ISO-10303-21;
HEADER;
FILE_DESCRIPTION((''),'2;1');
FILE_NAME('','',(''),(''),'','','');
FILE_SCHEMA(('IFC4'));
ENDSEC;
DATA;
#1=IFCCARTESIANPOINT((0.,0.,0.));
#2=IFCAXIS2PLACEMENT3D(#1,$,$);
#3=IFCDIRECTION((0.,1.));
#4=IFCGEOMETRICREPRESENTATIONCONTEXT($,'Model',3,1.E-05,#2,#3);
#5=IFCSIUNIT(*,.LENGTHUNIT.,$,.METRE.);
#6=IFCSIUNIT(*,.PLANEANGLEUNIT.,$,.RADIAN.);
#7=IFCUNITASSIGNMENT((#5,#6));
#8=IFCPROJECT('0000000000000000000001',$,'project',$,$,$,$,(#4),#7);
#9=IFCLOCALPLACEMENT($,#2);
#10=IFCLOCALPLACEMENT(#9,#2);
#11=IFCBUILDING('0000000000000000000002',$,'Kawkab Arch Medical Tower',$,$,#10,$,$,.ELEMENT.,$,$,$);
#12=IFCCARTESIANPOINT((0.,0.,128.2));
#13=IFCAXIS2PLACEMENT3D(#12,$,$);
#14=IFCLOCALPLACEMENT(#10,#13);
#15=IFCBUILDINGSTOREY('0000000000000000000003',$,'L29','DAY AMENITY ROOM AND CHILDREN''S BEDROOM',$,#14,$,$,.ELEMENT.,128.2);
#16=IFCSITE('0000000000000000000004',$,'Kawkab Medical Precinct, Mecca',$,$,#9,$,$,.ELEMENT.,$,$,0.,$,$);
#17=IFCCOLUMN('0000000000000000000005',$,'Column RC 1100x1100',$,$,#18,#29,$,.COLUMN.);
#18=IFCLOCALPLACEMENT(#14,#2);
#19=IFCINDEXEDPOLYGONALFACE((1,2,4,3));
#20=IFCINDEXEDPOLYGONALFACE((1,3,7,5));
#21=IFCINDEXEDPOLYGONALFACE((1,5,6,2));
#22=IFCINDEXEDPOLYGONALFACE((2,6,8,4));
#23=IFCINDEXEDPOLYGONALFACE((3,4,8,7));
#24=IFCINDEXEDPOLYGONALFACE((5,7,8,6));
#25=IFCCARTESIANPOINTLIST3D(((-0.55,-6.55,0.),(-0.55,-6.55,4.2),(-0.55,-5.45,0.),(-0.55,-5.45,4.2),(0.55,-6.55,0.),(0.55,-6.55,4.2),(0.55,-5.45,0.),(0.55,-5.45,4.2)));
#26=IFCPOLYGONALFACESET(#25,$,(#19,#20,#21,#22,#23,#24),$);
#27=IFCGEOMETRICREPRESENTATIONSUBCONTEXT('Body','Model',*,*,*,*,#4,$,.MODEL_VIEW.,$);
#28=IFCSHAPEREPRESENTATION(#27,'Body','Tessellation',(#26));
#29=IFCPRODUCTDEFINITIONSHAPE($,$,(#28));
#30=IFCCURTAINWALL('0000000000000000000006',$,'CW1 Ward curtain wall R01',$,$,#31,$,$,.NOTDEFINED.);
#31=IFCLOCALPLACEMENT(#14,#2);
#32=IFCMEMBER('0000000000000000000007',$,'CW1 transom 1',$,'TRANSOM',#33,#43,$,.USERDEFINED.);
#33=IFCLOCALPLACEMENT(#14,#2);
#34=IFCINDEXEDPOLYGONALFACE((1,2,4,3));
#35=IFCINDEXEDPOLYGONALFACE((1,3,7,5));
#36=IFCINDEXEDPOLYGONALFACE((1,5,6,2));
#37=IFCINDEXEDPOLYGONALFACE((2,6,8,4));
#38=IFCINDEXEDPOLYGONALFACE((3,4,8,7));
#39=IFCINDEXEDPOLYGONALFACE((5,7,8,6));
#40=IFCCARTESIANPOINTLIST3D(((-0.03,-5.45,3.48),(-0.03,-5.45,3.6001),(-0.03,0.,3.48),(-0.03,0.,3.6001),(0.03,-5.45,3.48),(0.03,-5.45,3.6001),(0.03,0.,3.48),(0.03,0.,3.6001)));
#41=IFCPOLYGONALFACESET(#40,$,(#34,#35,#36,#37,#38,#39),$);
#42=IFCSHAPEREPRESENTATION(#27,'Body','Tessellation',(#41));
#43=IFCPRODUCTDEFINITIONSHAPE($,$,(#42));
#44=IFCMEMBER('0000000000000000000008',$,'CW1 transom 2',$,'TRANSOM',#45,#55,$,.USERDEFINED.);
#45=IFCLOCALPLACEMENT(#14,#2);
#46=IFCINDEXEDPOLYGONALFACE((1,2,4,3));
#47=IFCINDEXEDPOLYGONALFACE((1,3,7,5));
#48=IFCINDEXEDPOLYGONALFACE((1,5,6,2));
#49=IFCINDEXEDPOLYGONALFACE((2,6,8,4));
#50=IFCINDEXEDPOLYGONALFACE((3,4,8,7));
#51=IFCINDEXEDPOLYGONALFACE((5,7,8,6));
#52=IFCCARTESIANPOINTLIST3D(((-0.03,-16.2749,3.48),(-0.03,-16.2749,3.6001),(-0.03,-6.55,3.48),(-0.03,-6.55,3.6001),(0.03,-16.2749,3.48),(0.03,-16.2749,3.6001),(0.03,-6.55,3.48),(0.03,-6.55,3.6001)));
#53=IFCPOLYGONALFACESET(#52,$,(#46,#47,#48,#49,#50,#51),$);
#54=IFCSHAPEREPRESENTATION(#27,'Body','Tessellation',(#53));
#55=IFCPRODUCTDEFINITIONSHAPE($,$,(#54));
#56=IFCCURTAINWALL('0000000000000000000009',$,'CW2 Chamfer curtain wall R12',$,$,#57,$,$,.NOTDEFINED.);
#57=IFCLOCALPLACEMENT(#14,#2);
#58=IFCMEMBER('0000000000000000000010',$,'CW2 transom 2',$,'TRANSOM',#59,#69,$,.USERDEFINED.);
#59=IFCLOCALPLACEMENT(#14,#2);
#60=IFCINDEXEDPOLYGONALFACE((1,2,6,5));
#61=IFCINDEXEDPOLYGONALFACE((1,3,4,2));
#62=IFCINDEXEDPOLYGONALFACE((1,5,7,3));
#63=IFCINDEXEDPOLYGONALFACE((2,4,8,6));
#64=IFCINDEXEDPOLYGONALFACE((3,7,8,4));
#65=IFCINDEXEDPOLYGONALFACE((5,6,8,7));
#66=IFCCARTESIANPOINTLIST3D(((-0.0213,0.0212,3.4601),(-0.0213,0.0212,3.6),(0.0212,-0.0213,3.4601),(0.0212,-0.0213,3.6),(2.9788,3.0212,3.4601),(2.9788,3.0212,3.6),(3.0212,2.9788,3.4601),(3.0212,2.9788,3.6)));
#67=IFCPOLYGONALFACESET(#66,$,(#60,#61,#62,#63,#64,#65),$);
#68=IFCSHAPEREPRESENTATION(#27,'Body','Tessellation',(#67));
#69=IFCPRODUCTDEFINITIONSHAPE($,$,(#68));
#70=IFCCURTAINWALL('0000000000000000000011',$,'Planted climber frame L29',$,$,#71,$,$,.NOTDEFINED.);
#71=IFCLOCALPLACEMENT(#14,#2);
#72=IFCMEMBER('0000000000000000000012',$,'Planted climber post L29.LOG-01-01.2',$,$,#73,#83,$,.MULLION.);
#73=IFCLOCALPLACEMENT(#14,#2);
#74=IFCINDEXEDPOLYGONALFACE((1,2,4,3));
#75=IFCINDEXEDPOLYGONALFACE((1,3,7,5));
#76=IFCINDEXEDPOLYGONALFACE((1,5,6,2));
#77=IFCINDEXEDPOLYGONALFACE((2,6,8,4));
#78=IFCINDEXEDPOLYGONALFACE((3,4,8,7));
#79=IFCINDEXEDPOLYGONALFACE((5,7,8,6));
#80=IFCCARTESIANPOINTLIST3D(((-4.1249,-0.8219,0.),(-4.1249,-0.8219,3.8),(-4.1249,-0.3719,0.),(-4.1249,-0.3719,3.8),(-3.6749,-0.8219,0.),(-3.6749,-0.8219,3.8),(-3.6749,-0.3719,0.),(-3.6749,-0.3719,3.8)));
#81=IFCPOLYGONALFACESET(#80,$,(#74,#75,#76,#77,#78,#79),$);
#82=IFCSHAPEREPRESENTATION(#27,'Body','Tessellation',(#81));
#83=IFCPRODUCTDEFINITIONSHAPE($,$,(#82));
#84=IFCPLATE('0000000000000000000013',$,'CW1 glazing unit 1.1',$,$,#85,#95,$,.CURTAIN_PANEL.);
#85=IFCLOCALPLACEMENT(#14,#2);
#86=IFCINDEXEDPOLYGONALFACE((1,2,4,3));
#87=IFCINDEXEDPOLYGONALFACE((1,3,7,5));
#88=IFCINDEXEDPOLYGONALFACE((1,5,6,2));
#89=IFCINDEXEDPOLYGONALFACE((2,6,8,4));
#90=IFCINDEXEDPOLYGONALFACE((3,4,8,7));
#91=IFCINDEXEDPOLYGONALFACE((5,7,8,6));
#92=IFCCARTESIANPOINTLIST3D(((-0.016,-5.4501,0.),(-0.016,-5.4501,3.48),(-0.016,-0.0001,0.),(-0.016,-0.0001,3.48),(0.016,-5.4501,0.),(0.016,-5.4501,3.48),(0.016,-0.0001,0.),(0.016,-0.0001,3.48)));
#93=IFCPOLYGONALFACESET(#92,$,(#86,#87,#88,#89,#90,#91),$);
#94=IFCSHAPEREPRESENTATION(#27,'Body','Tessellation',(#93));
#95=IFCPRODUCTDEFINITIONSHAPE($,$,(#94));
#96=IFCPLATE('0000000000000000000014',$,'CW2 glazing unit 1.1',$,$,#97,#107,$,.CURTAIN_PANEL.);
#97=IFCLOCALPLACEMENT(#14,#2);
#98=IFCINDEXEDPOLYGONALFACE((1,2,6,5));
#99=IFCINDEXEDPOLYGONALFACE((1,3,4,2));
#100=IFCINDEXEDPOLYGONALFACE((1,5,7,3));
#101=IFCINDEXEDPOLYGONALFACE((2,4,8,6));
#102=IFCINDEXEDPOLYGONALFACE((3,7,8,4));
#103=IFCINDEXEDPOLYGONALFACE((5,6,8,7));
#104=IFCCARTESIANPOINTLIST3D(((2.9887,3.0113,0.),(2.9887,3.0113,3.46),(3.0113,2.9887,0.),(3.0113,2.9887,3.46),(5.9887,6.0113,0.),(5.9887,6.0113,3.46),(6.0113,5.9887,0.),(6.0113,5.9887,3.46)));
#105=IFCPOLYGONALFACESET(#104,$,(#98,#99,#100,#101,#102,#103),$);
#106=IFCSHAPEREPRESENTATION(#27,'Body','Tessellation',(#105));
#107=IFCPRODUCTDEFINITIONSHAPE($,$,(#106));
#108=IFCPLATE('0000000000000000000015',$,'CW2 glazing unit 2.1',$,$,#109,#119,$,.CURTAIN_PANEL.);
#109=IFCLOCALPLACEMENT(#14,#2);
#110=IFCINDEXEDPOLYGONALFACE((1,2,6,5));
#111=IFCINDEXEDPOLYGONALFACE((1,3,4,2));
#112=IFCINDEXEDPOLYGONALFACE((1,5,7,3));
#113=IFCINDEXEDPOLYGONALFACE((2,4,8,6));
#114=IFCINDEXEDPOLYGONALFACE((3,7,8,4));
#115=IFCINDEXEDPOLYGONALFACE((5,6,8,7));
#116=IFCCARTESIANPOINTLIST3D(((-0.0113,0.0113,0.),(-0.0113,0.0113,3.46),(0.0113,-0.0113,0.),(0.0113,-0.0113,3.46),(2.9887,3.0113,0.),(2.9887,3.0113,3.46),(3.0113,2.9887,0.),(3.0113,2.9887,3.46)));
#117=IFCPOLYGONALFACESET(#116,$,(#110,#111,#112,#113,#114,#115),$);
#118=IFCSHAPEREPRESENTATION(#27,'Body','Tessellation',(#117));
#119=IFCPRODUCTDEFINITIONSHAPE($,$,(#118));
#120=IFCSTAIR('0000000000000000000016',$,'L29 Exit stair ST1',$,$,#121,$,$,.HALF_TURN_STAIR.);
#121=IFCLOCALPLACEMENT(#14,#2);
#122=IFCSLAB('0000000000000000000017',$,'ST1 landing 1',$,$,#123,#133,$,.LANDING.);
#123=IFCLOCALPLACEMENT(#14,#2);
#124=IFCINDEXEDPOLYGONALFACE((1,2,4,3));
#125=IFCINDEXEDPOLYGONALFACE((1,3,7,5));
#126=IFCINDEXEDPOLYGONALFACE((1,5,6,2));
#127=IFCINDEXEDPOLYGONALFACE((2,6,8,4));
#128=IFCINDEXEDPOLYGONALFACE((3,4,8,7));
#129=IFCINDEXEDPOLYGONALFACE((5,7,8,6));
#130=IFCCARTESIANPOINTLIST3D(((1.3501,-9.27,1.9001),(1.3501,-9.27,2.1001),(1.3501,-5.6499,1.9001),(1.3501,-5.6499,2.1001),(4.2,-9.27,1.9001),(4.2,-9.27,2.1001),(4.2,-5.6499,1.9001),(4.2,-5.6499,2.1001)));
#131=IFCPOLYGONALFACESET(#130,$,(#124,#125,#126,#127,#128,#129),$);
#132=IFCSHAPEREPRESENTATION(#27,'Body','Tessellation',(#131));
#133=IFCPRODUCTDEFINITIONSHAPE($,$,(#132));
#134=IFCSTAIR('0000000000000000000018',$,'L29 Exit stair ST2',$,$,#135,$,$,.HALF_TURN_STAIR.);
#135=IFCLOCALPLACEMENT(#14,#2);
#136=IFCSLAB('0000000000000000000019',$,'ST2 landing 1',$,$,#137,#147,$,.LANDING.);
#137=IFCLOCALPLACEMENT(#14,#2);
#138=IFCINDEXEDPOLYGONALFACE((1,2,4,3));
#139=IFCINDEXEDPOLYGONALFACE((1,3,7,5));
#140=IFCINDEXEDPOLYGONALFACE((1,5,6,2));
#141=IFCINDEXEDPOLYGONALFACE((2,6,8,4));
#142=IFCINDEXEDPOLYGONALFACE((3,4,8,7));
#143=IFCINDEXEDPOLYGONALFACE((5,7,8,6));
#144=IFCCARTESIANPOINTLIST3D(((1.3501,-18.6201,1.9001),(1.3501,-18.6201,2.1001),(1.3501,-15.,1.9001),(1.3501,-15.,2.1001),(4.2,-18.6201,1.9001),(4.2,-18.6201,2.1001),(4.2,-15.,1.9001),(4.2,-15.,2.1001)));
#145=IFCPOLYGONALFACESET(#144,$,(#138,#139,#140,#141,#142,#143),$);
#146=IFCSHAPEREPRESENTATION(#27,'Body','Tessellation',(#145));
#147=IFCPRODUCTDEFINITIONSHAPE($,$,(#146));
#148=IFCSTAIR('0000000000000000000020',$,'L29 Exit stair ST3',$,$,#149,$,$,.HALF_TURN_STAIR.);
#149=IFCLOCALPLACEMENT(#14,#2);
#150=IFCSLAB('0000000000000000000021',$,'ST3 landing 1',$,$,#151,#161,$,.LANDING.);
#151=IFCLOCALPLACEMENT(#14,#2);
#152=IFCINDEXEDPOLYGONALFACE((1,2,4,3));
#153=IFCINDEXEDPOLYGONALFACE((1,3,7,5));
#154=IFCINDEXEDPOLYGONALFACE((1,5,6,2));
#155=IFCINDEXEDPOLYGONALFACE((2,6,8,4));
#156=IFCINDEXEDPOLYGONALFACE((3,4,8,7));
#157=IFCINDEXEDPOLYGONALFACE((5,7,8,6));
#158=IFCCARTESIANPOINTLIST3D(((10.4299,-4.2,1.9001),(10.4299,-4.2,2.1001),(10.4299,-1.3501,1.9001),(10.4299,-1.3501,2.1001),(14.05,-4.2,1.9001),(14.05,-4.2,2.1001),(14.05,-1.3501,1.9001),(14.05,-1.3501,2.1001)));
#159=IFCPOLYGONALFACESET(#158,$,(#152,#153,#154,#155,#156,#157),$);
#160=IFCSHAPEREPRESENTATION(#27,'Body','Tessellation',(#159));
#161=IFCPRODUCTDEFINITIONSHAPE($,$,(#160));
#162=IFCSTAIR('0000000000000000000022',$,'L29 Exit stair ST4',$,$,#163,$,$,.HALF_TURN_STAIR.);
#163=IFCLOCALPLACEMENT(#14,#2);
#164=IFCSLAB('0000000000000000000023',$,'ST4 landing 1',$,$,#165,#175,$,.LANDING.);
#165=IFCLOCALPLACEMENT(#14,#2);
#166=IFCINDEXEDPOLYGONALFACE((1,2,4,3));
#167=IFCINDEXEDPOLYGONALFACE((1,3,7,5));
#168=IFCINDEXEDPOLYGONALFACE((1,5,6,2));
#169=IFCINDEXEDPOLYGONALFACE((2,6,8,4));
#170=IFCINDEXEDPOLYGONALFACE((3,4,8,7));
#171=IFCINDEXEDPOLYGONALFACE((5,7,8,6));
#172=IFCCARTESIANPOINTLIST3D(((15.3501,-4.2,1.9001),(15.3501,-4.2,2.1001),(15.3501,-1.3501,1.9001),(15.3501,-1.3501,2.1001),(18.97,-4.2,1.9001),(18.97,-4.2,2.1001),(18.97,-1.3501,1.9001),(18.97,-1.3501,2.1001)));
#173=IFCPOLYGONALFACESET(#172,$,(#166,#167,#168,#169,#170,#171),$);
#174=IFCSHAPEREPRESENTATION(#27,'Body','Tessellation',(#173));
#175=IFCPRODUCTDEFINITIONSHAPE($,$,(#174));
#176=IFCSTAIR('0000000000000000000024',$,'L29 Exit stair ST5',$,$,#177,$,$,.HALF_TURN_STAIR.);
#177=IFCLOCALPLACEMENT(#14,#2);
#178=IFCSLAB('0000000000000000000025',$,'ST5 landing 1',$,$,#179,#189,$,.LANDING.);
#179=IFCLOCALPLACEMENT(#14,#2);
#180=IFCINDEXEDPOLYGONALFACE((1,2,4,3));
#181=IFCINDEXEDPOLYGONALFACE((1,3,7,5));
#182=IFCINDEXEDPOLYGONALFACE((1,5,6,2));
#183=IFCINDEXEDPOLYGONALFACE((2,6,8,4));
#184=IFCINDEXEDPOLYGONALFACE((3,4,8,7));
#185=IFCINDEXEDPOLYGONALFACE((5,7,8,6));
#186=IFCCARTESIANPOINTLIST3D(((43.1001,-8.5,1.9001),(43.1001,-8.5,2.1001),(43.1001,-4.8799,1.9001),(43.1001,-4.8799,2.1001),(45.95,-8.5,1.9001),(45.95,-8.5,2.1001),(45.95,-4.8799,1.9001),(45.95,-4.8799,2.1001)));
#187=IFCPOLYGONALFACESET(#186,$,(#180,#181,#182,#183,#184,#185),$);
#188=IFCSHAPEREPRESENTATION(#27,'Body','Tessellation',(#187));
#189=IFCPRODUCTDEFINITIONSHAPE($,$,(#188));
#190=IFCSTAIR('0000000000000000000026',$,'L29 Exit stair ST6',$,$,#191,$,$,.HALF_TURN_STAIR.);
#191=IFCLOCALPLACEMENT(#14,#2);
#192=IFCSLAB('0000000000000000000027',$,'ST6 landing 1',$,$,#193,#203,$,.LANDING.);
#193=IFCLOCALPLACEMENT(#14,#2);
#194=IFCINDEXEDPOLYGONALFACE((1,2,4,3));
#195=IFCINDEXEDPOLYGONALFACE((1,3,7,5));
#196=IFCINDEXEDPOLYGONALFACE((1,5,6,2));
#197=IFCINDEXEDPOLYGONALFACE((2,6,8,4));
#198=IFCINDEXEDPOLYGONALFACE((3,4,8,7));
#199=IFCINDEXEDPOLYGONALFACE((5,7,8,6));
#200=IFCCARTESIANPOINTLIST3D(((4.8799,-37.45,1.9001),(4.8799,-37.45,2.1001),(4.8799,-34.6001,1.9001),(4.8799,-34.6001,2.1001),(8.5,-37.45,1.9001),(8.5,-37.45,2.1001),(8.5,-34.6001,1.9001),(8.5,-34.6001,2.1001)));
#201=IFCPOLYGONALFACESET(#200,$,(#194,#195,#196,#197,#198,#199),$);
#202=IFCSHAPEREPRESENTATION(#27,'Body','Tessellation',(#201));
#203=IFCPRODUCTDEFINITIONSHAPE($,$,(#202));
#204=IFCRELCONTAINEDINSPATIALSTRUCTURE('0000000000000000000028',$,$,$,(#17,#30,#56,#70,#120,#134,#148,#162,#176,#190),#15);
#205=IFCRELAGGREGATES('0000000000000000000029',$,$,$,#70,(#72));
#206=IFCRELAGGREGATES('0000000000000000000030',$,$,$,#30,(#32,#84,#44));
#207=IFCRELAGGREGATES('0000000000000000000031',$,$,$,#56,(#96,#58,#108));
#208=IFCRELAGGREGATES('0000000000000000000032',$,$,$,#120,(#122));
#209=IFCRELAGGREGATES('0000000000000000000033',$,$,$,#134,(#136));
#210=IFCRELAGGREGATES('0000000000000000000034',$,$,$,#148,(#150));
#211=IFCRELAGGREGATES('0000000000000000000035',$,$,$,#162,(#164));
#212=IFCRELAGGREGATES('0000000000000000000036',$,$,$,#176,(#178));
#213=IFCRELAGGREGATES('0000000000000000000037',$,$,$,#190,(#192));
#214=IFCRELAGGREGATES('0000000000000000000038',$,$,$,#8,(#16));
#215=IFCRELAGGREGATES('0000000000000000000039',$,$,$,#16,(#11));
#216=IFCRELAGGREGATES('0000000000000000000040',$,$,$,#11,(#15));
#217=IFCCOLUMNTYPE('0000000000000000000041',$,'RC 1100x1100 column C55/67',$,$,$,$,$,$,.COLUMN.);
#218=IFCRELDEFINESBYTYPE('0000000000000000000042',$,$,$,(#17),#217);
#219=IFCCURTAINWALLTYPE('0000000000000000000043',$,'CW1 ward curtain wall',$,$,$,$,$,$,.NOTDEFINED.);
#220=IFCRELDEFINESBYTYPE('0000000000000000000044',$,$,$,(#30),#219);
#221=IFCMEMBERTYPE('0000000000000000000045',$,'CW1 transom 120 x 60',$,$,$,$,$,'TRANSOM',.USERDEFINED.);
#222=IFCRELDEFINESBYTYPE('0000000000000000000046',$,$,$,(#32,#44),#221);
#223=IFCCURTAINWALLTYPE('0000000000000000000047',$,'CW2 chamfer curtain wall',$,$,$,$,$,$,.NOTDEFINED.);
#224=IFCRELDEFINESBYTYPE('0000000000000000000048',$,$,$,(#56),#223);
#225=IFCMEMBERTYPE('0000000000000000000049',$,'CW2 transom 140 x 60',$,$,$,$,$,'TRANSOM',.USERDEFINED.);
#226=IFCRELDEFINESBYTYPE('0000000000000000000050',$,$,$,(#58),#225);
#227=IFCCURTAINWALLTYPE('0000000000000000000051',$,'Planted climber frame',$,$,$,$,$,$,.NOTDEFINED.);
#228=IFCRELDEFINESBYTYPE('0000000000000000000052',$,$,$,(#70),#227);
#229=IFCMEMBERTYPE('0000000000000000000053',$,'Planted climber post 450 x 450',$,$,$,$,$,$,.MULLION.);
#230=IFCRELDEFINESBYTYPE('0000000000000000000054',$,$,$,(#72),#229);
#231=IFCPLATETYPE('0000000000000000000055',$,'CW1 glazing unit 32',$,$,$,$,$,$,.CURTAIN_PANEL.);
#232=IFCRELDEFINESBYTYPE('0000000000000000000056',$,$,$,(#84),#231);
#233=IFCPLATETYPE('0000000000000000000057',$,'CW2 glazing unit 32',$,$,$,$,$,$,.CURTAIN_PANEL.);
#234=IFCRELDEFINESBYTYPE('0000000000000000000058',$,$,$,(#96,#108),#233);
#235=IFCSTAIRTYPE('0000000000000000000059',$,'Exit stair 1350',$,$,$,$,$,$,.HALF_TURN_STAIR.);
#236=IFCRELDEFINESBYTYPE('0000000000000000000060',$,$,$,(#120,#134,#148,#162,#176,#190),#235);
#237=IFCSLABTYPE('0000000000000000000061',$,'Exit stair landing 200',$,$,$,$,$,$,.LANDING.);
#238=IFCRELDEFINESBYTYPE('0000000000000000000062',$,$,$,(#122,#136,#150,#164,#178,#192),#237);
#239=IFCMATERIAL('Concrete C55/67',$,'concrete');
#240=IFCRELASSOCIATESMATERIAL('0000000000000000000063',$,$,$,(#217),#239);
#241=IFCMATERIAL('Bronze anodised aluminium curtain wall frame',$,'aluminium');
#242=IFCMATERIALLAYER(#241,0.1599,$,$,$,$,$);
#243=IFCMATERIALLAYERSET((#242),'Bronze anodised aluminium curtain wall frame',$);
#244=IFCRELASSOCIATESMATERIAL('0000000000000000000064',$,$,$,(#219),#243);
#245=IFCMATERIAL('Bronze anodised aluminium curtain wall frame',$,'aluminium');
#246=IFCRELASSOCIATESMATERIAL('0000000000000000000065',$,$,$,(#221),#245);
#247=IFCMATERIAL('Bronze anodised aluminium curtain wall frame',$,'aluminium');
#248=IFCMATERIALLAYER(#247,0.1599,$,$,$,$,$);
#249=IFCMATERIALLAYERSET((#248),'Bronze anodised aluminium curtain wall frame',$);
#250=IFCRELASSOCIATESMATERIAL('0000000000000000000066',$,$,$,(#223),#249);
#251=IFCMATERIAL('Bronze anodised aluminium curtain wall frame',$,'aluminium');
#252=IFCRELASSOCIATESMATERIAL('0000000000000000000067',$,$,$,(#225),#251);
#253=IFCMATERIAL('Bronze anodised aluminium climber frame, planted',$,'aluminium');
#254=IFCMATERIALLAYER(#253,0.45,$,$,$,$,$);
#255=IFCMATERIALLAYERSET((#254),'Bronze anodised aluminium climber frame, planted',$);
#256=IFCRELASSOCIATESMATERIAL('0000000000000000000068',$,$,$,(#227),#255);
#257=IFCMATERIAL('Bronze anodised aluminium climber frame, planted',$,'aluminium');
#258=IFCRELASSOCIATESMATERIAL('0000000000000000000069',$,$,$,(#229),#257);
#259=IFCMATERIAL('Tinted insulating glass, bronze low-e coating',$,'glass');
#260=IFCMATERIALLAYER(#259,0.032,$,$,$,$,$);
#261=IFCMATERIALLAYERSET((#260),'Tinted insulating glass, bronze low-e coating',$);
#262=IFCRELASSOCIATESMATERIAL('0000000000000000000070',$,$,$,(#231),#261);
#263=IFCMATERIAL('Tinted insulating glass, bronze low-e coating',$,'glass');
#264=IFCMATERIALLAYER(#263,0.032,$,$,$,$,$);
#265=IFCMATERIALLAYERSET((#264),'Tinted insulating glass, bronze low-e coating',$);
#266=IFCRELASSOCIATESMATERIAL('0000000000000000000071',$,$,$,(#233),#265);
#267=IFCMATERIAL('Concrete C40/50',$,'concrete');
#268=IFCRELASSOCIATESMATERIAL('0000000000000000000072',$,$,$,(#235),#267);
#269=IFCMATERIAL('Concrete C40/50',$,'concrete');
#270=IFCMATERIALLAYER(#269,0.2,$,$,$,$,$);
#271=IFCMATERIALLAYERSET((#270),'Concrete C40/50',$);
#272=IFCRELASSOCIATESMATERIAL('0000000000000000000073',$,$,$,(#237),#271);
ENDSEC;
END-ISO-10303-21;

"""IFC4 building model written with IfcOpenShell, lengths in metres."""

from ifc_helpers import new_model, si_unit, direction, frame, origin, origin_2d, place, context, subcontext, project, spatial, polyline, rectangle, outline, extrude, material, layer, layer_set, material_profile, profile_set, type_object, element, aggregate, save


model = new_model("IFC4")

# Units and contexts
model_context = context("Model", 3, precision=1e-05, world=origin(), true_north=direction((0.0, 1.0)))
body_context = subcontext(model_context, "Body", "Model", "MODEL_VIEW")
ifc_project = project(units=[si_unit("LENGTHUNIT", "METRE"), si_unit("PLANEANGLEUNIT", "RADIAN")], contexts=[model_context])

# Site, building, storey
site_placement = place(None, origin())
site = spatial("IfcSite", under=ifc_project, at=site_placement, Name="Kawkab Medical Precinct, Mecca", CompositionType="ELEMENT", RefElevation=0.0)
building_placement = place(site_placement, origin())
building = spatial("IfcBuilding", under=site, at=building_placement, Name="Kawkab Arch Medical Tower", CompositionType="ELEMENT")
storey_placement = place(building_placement, frame((0.0, 0.0, 128.2)))
storey = spatial("IfcBuildingStorey", under=building, at=storey_placement, Name="L29", Description="DAY AMENITY ROOM AND CHILDREN'S BEDROOM", CompositionType="ELEMENT", Elevation=128.2)

# Column
ifc_material_1 = material(Name="Concrete C55/67", Category="concrete")
ifc_material_profile_1 = material_profile(ifc_material_1, rectangle(XDim=1.1001, YDim=1.1001, at=origin_2d()), Name="RC 1100x1100")
ifc_profile_set_1 = profile_set([ifc_material_profile_1], Name="Concrete C55/67")
column_type = type_object("IfcColumnType", Name="RC 1100x1100 column C55/67", PredefinedType="COLUMN", material=ifc_profile_set_1)
column_placement = place(storey_placement, frame((0.0, -6.0, 0.0), z_axis=(0.0, 0.0, 1.0), x_axis=(1.0, 0.0, 0.0)))
element("IfcColumn", 1, at=column_placement, inside=storey, type_object=column_type, Name="Column RC 1100x1100", PredefinedType="COLUMN", context=body_context, shape_type="SweptSolid", body=[
    extrude(rectangle(XDim=1.1001, YDim=1.1001, at=origin_2d()), origin(), (0.0, 0.0, 1.0), 4.2),
])

# Curtain wall, members
ifc_material_2 = material(Name="Bronze anodised aluminium curtain wall frame", Category="aluminium")
ifc_layer_1 = layer(ifc_material_2, 0.1599)
ifc_layer_set_1 = layer_set([ifc_layer_1], Name="Bronze anodised aluminium curtain wall frame")
curtain_wall_type_1 = type_object("IfcCurtainWallType", Name="CW1 ward curtain wall", PredefinedType="NOTDEFINED", material=ifc_layer_set_1)
placement_1 = place(storey_placement, origin())
curtain_wall_1 = element("IfcCurtainWall", 2, at=placement_1, inside=storey, type_object=curtain_wall_type_1, Name="CW1 Ward curtain wall R01", PredefinedType="NOTDEFINED")
ifc_material_3 = material(Name="Bronze anodised aluminium curtain wall frame", Category="aluminium")
ifc_material_profile_2 = material_profile(ifc_material_3, rectangle(XDim=0.0601, YDim=0.1201, at=origin_2d()), Name="AL 60x120")
ifc_profile_set_2 = profile_set([ifc_material_profile_2], Name="Bronze anodised aluminium curtain wall frame")
member_type_1 = type_object("IfcMemberType", Name="CW1 transom 120 x 60", ElementType="TRANSOM", PredefinedType="USERDEFINED", material=ifc_profile_set_2)
member_1_placement = place(storey_placement, frame((0.0, 0.0, 3.54), z_axis=(0.0, -1.0, 0.0), x_axis=(1.0, 0.0, 0.0)))
member_1 = element("IfcMember", 3, at=member_1_placement, type_object=member_type_1, Name="CW1 transom 1", ObjectType="TRANSOM", PredefinedType="USERDEFINED", context=body_context, shape_type="SweptSolid", body=[
    extrude(rectangle(XDim=0.0601, YDim=0.1201, at=origin_2d()), origin(), (0.0, 0.0, 1.0), 5.45),
])
member_2_placement = place(storey_placement, frame((0.0, -6.55, 3.54), z_axis=(0.0, -1.0, 0.0), x_axis=(1.0, 0.0, 0.0)))
member_2 = element("IfcMember", 4, at=member_2_placement, type_object=member_type_1, Name="CW1 transom 2", ObjectType="TRANSOM", PredefinedType="USERDEFINED", context=body_context, shape_type="SweptSolid", body=[
    extrude(rectangle(XDim=0.0601, YDim=0.1201, at=origin_2d()), origin(), (0.0, 0.0, 1.0), 9.7249),
])

# Curtain walls, members
ifc_material_4 = material(Name="Bronze anodised aluminium curtain wall frame", Category="aluminium")
ifc_layer_2 = layer(ifc_material_4, 0.1599)
ifc_layer_set_2 = layer_set([ifc_layer_2], Name="Bronze anodised aluminium curtain wall frame")
curtain_wall_type_2 = type_object("IfcCurtainWallType", Name="CW2 chamfer curtain wall", PredefinedType="NOTDEFINED", material=ifc_layer_set_2)
curtain_wall_2 = element("IfcCurtainWall", 5, at=placement_1, inside=storey, type_object=curtain_wall_type_2, Name="CW2 Chamfer curtain wall R12", PredefinedType="NOTDEFINED")
ifc_material_5 = material(Name="Bronze anodised aluminium curtain wall frame", Category="aluminium")
ifc_material_profile_3 = material_profile(ifc_material_5, rectangle(XDim=0.0601, YDim=0.1399, at=origin_2d()), Name="AL 60x140")
ifc_profile_set_3 = profile_set([ifc_material_profile_3], Name="Bronze anodised aluminium curtain wall frame")
member_type_2 = type_object("IfcMemberType", Name="CW2 transom 140 x 60", ElementType="TRANSOM", PredefinedType="USERDEFINED", material=ifc_profile_set_3)
member_3_placement = place(storey_placement, frame((3.0, 3.0, 3.53), z_axis=(-0.707107, -0.707107, 0.0), x_axis=(0.707107, -0.707107, 0.0)))
member_3 = element("IfcMember", 6, at=member_3_placement, type_object=member_type_2, Name="CW2 transom 2", ObjectType="TRANSOM", PredefinedType="USERDEFINED", context=body_context, shape_type="SweptSolid", body=[
    extrude(rectangle(XDim=0.0601, YDim=0.1399, at=origin_2d()), origin(), (0.0, 0.0, 1.0), 4.2427),
])
ifc_material_6 = material(Name="Bronze anodised aluminium climber frame, planted", Category="aluminium")
ifc_layer_3 = layer(ifc_material_6, 0.45)
ifc_layer_set_3 = layer_set([ifc_layer_3], Name="Bronze anodised aluminium climber frame, planted")
curtain_wall_type_3 = type_object("IfcCurtainWallType", Name="Planted climber frame", PredefinedType="NOTDEFINED", material=ifc_layer_set_3)
curtain_wall_3 = element("IfcCurtainWall", 7, at=placement_1, inside=storey, type_object=curtain_wall_type_3, Name="Planted climber frame L29", PredefinedType="NOTDEFINED")
ifc_material_7 = material(Name="Bronze anodised aluminium climber frame, planted", Category="aluminium")
ifc_material_profile_4 = material_profile(ifc_material_7, rectangle(XDim=0.45, YDim=0.45, at=origin_2d()), Name="Post 450x450")
ifc_profile_set_4 = profile_set([ifc_material_profile_4], Name="Bronze anodised aluminium climber frame, planted")
member_type_3 = type_object("IfcMemberType", Name="Planted climber post 450 x 450", PredefinedType="MULLION", material=ifc_profile_set_4)
member_4_placement = place(storey_placement, frame((-3.8999, -0.5969, 0.0), z_axis=(0.0, 0.0, 1.0), x_axis=(1.0, 0.0, 0.0)))
member_4 = element("IfcMember", 8, at=member_4_placement, type_object=member_type_3, Name="Planted climber post L29.LOG-01-01.2", PredefinedType="MULLION", context=body_context, shape_type="SweptSolid", body=[
    extrude(rectangle(XDim=0.45, YDim=0.45, at=origin_2d()), origin(), (0.0, 0.0, 1.0), 3.8),
])
aggregate(curtain_wall_3, [member_4])

# Plates
ifc_material_8 = material(Name="Tinted insulating glass, bronze low-e coating", Category="glass")
ifc_layer_4 = layer(ifc_material_8, 0.032)
ifc_layer_set_4 = layer_set([ifc_layer_4], Name="Tinted insulating glass, bronze low-e coating")
plate_type_1 = type_object("IfcPlateType", Name="CW1 glazing unit 32", PredefinedType="CURTAIN_PANEL", material=ifc_layer_set_4)
plate_1_placement = place(storey_placement, frame((0.0, -2.7251, 0.0), z_axis=(0.0, 0.0, 1.0), x_axis=(0.0, -1.0, 0.0)))
plate_1 = element("IfcPlate", 9, at=plate_1_placement, type_object=plate_type_1, Name="CW1 glazing unit 1.1", PredefinedType="CURTAIN_PANEL", context=body_context, shape_type="SweptSolid", body=[
    extrude(rectangle(XDim=5.45, YDim=0.032, at=origin_2d()), origin(), (0.0, 0.0, 1.0), 3.48),
])
aggregate(curtain_wall_1, [member_1, plate_1, member_2])
ifc_material_9 = material(Name="Tinted insulating glass, bronze low-e coating", Category="glass")
ifc_layer_5 = layer(ifc_material_9, 0.032)
ifc_layer_set_5 = layer_set([ifc_layer_5], Name="Tinted insulating glass, bronze low-e coating")
plate_type_2 = type_object("IfcPlateType", Name="CW2 glazing unit 32", PredefinedType="CURTAIN_PANEL", material=ifc_layer_set_5)
plate_2_placement = place(storey_placement, frame((4.5, 4.5, 0.0), z_axis=(0.0, 0.0, 1.0), x_axis=(-0.707107, -0.707107, 0.0)))
plate_2 = element("IfcPlate", 10, at=plate_2_placement, type_object=plate_type_2, Name="CW2 glazing unit 1.1", PredefinedType="CURTAIN_PANEL", context=body_context, shape_type="SweptSolid", body=[
    extrude(rectangle(XDim=4.2427, YDim=0.032, at=origin_2d()), origin(), (0.0, 0.0, 1.0), 3.46),
])
plate_3_placement = place(storey_placement, frame((1.5, 1.5, 0.0), z_axis=(0.0, 0.0, 1.0), x_axis=(-0.707107, -0.707107, 0.0)))
plate_3 = element("IfcPlate", 11, at=plate_3_placement, type_object=plate_type_2, Name="CW2 glazing unit 2.1", PredefinedType="CURTAIN_PANEL", context=body_context, shape_type="SweptSolid", body=[
    extrude(rectangle(XDim=4.2427, YDim=0.032, at=origin_2d()), origin(), (0.0, 0.0, 1.0), 3.46),
])
aggregate(curtain_wall_2, [plate_2, member_3, plate_3])

# Stairs, slabs
ifc_material_10 = material(Name="Concrete C40/50", Category="concrete")
stair_type = type_object("IfcStairType", Name="Exit stair 1350", PredefinedType="HALF_TURN_STAIR", material=ifc_material_10)
stair_1 = element("IfcStair", 12, at=placement_1, inside=storey, type_object=stair_type, Name="L29 Exit stair ST1", PredefinedType="HALF_TURN_STAIR")
ifc_material_11 = material(Name="Concrete C40/50", Category="concrete")
ifc_layer_6 = layer(ifc_material_11, 0.2)
ifc_layer_set_6 = layer_set([ifc_layer_6], Name="Concrete C40/50")
slab_type_1 = type_object("IfcSlabType", Name="Exit stair landing 200", PredefinedType="LANDING", material=ifc_layer_set_6)
placement_2 = place(storey_placement, frame((0.0, 0.0, 1.9001)))
slab_1 = element("IfcSlab", 13, at=placement_2, type_object=slab_type_1, Name="ST1 landing 1", PredefinedType="LANDING", context=body_context, shape_type="SweptSolid", body=[
    extrude(outline(polyline([(4.2, -9.27), (4.2, -5.6499), (1.3501, -5.6499), (1.3501, -9.27), (4.2, -9.27)])), origin(), (0.0, 0.0, 1.0), 0.2),
])
aggregate(stair_1, [slab_1])
stair_2 = element("IfcStair", 14, at=placement_1, inside=storey, type_object=stair_type, Name="L29 Exit stair ST2", PredefinedType="HALF_TURN_STAIR")
slab_2 = element("IfcSlab", 15, at=placement_2, type_object=slab_type_1, Name="ST2 landing 1", PredefinedType="LANDING", context=body_context, shape_type="SweptSolid", body=[
    extrude(outline(polyline([(4.2, -18.6201), (4.2, -15.0), (1.3501, -15.0), (1.3501, -18.6201), (4.2, -18.6201)])), origin(), (0.0, 0.0, 1.0), 0.2),
])
aggregate(stair_2, [slab_2])
stair_3 = element("IfcStair", 16, at=placement_1, inside=storey, type_object=stair_type, Name="L29 Exit stair ST3", PredefinedType="HALF_TURN_STAIR")
slab_3 = element("IfcSlab", 17, at=placement_2, type_object=slab_type_1, Name="ST3 landing 1", PredefinedType="LANDING", context=body_context, shape_type="SweptSolid", body=[
    extrude(outline(polyline([(10.4299, -4.2), (14.05, -4.2), (14.05, -1.3501), (10.4299, -1.3501), (10.4299, -4.2)])), origin(), (0.0, 0.0, 1.0), 0.2),
])
aggregate(stair_3, [slab_3])
stair_4 = element("IfcStair", 18, at=placement_1, inside=storey, type_object=stair_type, Name="L29 Exit stair ST4", PredefinedType="HALF_TURN_STAIR")
slab_4 = element("IfcSlab", 19, at=placement_2, type_object=slab_type_1, Name="ST4 landing 1", PredefinedType="LANDING", context=body_context, shape_type="SweptSolid", body=[
    extrude(outline(polyline([(18.97, -1.3501), (15.3501, -1.3501), (15.3501, -4.2), (18.97, -4.2), (18.97, -1.3501)])), origin(), (0.0, 0.0, 1.0), 0.2),
])
aggregate(stair_4, [slab_4])
stair_5 = element("IfcStair", 20, at=placement_1, inside=storey, type_object=stair_type, Name="L29 Exit stair ST5", PredefinedType="HALF_TURN_STAIR")
slab_5 = element("IfcSlab", 21, at=placement_2, type_object=slab_type_1, Name="ST5 landing 1", PredefinedType="LANDING", context=body_context, shape_type="SweptSolid", body=[
    extrude(outline(polyline([(43.1001, -4.8799), (43.1001, -8.5), (45.95, -8.5), (45.95, -4.8799), (43.1001, -4.8799)])), origin(), (0.0, 0.0, 1.0), 0.2),
])
aggregate(stair_5, [slab_5])
stair_6 = element("IfcStair", 22, at=placement_1, inside=storey, type_object=stair_type, Name="L29 Exit stair ST6", PredefinedType="HALF_TURN_STAIR")
slab_6 = element("IfcSlab", 23, at=placement_2, type_object=slab_type_1, Name="ST6 landing 1", PredefinedType="LANDING", context=body_context, shape_type="SweptSolid", body=[
    extrude(outline(polyline([(4.8799, -37.45), (8.5, -37.45), (8.5, -34.6001), (4.8799, -34.6001), (4.8799, -37.45)])), origin(), (0.0, 0.0, 1.0), 0.2),
])
aggregate(stair_6, [slab_6])

save(model, "model.ifc")
